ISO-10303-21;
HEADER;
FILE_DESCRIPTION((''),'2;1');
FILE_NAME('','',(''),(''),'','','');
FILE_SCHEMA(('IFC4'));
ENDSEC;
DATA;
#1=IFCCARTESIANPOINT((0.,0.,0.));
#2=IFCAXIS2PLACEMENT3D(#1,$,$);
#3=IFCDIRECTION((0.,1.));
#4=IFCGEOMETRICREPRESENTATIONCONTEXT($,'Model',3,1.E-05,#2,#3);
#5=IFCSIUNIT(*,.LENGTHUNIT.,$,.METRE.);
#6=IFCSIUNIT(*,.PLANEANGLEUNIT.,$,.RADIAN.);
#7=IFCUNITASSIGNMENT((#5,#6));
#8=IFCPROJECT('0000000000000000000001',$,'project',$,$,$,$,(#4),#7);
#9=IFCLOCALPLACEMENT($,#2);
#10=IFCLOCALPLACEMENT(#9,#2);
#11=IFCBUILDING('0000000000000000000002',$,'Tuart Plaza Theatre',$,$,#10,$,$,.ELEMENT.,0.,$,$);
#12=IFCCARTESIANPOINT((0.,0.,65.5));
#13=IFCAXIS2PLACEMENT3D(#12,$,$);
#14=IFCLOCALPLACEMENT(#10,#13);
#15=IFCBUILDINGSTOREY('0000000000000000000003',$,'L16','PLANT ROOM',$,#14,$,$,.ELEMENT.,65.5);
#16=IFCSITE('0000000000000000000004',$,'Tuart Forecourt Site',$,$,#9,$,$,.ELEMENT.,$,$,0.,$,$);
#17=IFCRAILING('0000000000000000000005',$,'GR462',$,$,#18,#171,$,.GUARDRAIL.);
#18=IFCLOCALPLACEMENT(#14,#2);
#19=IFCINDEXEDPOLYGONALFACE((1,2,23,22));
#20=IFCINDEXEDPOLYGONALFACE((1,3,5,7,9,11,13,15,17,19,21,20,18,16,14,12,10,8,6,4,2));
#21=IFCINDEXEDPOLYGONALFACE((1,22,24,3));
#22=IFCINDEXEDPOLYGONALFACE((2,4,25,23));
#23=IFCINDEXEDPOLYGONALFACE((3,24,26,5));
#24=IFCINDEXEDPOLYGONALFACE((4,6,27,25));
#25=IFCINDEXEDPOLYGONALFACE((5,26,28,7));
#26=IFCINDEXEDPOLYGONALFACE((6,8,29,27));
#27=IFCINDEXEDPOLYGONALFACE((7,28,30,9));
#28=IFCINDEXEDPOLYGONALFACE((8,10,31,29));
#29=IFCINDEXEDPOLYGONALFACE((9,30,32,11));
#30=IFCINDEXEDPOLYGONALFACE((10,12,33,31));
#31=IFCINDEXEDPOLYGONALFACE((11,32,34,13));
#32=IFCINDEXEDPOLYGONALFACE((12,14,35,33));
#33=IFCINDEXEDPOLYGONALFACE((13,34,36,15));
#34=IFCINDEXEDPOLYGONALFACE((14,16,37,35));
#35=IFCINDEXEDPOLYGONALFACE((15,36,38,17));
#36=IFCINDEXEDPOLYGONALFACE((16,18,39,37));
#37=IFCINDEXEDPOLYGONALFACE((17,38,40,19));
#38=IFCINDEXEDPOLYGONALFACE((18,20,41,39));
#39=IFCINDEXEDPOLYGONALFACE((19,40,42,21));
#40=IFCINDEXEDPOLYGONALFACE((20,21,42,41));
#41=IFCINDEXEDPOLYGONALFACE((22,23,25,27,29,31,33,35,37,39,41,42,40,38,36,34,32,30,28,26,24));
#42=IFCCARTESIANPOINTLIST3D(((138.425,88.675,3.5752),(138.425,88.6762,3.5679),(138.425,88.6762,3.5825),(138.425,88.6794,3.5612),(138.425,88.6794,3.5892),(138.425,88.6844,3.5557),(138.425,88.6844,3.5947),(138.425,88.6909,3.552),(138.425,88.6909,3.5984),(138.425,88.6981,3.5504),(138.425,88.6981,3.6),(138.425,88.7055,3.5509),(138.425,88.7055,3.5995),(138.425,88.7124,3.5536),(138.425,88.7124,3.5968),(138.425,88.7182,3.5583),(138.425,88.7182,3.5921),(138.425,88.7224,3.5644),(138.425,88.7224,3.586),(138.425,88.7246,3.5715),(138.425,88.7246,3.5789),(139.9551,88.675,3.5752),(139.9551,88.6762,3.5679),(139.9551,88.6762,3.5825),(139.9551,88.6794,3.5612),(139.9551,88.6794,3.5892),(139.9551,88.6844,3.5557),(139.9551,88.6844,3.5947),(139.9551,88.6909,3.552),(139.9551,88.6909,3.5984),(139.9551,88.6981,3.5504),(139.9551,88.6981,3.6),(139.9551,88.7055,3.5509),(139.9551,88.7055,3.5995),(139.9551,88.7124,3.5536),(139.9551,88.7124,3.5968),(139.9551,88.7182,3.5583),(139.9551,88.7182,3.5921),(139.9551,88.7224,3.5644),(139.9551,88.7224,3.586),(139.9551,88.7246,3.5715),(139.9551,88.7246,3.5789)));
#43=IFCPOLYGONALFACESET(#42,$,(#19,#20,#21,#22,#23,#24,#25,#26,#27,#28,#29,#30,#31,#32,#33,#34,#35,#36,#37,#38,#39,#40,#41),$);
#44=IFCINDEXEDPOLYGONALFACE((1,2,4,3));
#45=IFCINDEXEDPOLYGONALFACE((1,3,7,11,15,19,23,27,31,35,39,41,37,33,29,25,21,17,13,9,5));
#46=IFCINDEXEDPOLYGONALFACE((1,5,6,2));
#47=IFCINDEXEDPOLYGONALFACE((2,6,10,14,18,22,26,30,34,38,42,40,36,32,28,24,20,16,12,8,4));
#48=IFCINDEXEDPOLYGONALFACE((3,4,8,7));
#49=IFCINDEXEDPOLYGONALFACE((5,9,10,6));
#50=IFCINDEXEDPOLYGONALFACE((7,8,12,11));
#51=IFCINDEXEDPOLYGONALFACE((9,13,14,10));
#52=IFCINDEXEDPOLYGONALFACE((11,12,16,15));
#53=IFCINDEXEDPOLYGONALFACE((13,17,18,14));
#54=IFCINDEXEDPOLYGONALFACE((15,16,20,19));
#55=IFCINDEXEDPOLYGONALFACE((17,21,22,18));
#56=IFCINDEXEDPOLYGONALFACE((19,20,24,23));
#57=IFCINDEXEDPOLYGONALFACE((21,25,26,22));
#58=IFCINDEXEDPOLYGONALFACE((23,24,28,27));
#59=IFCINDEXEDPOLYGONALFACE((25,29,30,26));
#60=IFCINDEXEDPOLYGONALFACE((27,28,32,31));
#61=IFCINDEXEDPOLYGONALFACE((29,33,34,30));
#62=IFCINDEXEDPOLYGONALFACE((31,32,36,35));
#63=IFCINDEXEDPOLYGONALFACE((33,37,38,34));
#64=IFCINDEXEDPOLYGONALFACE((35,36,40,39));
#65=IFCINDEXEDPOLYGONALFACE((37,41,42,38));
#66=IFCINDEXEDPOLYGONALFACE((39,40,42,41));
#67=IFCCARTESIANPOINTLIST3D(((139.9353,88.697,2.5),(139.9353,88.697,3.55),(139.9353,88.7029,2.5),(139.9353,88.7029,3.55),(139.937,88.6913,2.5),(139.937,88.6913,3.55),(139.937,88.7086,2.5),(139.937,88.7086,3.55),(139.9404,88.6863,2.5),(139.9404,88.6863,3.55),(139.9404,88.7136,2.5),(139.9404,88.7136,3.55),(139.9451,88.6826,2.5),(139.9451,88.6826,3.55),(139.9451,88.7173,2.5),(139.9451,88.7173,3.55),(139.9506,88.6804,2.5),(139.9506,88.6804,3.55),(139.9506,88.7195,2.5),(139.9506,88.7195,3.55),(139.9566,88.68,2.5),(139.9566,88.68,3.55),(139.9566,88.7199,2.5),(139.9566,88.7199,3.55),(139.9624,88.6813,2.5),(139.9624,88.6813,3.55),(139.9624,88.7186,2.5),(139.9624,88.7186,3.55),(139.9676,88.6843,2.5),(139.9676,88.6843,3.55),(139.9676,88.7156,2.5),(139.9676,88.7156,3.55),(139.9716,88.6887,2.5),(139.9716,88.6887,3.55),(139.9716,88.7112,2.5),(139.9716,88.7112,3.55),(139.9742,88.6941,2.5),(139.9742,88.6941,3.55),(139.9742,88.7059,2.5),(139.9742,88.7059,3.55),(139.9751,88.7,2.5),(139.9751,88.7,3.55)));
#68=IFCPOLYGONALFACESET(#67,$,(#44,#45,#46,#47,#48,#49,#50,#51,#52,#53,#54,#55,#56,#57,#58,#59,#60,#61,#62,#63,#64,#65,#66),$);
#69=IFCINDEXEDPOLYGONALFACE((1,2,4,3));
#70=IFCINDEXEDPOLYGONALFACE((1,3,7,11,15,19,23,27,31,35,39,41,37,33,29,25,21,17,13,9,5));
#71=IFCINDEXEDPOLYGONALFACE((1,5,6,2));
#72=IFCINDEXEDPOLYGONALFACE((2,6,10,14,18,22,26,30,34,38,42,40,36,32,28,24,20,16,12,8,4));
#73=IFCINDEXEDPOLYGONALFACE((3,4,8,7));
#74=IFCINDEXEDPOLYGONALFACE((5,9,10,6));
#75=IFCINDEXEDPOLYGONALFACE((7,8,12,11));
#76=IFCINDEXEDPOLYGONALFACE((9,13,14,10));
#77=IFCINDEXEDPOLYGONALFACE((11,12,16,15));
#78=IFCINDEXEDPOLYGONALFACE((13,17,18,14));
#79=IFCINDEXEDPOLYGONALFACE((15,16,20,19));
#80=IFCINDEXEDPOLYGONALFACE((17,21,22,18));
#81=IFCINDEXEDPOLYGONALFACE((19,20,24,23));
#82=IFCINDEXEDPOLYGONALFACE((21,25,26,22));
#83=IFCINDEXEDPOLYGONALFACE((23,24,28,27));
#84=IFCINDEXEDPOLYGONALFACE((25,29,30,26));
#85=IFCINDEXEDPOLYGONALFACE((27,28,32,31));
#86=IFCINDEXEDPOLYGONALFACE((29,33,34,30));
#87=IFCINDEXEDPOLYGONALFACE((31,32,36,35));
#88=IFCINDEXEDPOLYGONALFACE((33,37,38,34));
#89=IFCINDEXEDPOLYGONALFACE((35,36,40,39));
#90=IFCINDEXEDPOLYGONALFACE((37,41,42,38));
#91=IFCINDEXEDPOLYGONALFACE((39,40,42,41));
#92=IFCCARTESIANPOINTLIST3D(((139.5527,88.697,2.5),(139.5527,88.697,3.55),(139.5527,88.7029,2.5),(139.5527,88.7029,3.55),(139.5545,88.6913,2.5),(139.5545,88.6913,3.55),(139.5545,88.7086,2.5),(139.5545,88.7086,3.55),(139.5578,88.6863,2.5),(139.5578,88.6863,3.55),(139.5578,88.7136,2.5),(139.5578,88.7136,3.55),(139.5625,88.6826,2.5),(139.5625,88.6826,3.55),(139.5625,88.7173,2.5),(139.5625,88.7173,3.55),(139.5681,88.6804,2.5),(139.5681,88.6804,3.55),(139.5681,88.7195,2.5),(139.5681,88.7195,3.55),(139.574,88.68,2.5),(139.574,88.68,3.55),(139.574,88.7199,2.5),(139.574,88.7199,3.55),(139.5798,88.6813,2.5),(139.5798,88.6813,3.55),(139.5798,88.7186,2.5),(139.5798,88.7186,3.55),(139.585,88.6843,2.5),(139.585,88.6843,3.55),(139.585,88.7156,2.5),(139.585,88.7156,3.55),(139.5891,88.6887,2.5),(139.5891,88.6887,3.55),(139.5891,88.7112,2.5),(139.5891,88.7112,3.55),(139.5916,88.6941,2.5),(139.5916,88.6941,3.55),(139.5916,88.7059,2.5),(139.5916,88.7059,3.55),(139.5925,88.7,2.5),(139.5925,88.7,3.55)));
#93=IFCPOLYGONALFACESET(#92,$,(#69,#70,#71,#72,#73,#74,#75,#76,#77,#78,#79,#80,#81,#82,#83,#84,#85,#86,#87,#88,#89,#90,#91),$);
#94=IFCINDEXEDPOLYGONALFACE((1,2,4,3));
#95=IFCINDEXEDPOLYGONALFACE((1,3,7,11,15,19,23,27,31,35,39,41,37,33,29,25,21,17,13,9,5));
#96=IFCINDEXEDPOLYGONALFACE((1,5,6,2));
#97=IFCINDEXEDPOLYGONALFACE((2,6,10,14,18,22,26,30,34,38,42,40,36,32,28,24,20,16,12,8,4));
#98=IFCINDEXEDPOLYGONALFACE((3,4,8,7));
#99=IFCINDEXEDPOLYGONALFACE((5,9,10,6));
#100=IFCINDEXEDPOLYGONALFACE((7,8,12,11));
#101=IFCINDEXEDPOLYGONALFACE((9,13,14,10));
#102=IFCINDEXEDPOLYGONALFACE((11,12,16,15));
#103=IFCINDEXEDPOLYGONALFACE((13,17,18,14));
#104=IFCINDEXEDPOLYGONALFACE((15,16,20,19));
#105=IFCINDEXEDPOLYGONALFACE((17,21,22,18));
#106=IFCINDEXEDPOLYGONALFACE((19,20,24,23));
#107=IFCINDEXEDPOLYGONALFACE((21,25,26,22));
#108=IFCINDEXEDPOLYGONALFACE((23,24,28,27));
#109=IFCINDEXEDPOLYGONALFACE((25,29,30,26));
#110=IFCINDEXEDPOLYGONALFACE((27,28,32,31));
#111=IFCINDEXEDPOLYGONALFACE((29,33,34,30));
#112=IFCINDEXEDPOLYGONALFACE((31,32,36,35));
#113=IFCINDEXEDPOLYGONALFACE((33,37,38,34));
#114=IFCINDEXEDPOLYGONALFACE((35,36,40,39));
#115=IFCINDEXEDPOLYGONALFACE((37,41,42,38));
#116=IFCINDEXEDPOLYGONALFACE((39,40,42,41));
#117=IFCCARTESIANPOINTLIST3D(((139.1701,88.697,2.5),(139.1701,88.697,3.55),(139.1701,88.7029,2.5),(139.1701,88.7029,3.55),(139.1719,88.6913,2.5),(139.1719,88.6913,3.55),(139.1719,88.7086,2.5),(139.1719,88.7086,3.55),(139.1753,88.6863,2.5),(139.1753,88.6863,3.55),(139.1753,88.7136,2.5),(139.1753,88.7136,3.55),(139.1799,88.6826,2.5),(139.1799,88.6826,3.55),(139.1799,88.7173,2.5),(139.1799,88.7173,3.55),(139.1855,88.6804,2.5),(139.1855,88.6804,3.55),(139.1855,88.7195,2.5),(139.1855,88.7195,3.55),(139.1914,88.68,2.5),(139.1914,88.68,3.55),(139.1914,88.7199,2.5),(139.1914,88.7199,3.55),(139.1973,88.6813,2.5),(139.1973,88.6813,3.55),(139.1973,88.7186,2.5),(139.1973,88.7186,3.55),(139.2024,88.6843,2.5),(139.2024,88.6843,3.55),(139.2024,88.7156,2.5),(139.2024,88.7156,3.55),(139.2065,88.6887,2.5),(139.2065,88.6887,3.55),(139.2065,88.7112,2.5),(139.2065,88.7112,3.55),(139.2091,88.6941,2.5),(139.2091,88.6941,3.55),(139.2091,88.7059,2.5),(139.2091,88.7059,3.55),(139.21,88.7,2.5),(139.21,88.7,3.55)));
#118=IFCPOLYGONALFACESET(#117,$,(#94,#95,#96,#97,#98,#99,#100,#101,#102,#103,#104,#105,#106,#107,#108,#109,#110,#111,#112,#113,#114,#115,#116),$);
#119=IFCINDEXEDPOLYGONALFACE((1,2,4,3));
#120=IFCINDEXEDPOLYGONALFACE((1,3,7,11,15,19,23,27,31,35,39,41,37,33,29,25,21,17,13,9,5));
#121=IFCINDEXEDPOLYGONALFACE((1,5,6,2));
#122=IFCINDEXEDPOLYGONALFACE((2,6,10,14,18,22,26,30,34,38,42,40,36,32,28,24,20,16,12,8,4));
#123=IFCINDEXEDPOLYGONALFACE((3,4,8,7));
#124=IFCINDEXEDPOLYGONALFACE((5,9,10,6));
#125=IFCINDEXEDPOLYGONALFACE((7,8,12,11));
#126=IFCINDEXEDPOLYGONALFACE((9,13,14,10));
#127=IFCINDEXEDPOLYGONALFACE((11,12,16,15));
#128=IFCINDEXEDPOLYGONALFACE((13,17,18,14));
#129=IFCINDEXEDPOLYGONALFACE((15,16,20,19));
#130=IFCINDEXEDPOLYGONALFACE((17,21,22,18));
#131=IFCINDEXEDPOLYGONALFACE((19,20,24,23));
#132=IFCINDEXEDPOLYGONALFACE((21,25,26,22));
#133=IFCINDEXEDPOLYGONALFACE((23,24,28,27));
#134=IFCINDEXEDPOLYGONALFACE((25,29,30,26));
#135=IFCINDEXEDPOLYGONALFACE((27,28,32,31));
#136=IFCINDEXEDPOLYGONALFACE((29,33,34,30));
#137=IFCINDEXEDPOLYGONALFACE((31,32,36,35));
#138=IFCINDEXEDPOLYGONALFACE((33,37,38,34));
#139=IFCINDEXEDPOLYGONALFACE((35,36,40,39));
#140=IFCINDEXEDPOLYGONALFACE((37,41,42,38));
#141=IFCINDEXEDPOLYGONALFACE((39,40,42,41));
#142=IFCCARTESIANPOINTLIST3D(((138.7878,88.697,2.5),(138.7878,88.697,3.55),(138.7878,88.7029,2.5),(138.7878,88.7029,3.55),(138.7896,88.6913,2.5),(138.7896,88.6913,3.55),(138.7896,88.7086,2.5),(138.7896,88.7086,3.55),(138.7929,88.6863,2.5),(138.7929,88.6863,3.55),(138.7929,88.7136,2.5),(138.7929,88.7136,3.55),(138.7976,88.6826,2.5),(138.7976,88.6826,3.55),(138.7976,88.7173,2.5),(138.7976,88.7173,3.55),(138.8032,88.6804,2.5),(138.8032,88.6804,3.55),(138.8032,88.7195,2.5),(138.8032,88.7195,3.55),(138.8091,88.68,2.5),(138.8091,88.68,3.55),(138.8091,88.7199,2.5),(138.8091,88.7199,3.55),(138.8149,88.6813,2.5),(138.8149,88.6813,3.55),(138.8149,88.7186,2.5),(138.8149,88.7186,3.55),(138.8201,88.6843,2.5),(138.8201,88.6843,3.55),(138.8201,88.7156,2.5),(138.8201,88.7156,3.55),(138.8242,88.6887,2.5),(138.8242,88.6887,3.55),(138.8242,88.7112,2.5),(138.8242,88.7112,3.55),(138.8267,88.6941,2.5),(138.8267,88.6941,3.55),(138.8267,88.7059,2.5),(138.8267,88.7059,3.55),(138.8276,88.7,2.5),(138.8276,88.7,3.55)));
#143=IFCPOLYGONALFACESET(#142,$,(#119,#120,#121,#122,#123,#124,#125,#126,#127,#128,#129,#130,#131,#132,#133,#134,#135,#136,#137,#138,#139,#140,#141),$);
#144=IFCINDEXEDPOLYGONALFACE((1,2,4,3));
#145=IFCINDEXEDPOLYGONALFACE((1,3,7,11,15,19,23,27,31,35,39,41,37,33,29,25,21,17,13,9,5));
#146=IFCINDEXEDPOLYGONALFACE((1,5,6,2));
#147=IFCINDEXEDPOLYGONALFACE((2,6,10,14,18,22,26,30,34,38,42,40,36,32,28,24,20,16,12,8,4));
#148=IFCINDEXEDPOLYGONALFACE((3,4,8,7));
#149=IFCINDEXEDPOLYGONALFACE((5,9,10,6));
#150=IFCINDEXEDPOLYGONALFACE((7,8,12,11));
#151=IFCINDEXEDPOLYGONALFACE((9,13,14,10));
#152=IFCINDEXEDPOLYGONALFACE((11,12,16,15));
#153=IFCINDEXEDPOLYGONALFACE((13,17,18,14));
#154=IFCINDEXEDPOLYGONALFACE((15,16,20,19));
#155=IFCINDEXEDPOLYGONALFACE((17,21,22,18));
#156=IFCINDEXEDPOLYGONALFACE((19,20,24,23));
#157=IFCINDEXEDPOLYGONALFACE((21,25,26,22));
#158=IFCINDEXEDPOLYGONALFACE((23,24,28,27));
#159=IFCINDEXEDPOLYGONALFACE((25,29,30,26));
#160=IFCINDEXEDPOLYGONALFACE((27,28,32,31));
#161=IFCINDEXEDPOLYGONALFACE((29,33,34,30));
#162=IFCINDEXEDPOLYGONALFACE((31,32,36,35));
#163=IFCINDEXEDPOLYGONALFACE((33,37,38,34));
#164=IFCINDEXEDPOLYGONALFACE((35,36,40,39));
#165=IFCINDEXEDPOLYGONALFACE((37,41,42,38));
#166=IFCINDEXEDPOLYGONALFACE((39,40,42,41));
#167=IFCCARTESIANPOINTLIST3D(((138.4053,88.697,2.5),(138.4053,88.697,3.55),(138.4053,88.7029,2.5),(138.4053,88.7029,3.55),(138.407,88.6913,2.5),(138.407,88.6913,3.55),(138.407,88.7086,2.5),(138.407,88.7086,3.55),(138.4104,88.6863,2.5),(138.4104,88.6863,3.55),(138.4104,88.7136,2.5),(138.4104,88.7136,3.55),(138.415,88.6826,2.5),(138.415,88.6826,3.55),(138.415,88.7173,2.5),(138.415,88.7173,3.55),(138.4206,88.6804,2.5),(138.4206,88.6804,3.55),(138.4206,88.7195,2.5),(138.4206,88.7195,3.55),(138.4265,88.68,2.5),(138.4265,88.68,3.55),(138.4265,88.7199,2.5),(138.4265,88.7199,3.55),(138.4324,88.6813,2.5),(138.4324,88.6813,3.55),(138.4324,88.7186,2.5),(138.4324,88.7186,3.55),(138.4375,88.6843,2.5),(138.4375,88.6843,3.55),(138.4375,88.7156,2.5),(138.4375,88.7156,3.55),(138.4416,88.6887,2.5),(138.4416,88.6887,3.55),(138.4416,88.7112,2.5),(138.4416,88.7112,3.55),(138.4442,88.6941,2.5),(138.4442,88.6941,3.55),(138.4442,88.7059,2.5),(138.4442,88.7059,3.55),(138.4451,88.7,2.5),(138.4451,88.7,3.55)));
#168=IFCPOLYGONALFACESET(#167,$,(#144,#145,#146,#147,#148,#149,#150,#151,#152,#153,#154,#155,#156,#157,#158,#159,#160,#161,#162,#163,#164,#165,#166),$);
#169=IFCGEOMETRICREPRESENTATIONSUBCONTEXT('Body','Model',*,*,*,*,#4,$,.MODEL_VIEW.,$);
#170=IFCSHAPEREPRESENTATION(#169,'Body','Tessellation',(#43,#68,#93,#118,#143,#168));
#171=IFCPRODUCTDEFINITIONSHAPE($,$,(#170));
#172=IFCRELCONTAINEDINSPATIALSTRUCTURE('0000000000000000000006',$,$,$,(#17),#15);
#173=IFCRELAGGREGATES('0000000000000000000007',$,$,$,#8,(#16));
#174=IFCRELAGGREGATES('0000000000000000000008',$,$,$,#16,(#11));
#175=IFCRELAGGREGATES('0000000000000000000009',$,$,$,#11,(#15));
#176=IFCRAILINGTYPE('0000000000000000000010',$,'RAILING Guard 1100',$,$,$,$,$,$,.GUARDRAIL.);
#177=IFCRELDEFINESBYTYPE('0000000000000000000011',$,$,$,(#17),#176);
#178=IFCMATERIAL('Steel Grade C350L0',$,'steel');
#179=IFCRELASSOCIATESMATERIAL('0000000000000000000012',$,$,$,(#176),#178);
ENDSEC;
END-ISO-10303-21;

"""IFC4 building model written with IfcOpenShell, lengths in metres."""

from ifc_helpers import new_model, si_unit, direction, frame, origin, origin_2d, place, context, subcontext, project, spatial, circle, extrude, material, type_object, element, save


model = new_model("IFC4")

# Units and contexts
model_context = context("Model", 3, precision=1e-05, world=origin(), true_north=direction((0.0, 1.0)))
body_context = subcontext(model_context, "Body", "Model", "MODEL_VIEW")
ifc_project = project(units=[si_unit("LENGTHUNIT", "METRE"), si_unit("PLANEANGLEUNIT", "RADIAN")], contexts=[model_context])

# Site, building, storey
site_placement = place(None, origin())
site = spatial("IfcSite", under=ifc_project, at=site_placement, Name="Tuart Forecourt Site", CompositionType="ELEMENT", RefElevation=0.0)
building_placement = place(site_placement, origin())
building = spatial("IfcBuilding", under=site, at=building_placement, Name="Tuart Plaza Theatre", CompositionType="ELEMENT", ElevationOfRefHeight=0.0)
storey_placement = place(building_placement, frame((0.0, 0.0, 65.5)))
storey = spatial("IfcBuildingStorey", under=building, at=storey_placement, Name="L16", Description="PLANT ROOM", CompositionType="ELEMENT", Elevation=65.5)

# Railing
ifc_material_1 = material(Name="Steel Grade C350L0", Category="steel")
railing_type_1 = type_object("IfcRailingType", Name="RAILING Guard 1100", PredefinedType="GUARDRAIL", material=ifc_material_1)
railing_1_placement = place(storey_placement, frame((139.9551, 88.7, 2.5)))
element("IfcRailing", 1, at=railing_1_placement, inside=storey, type_object=railing_type_1, Name="GR462", PredefinedType="GUARDRAIL", context=body_context, shape_type="SweptSolid", body=[
    extrude(circle(Radius=0.0249, at=origin_2d()), frame((0.0, 0.0, 1.0752), z_axis=(-1.0, 0.0, 0.0), x_axis=(0.0, -1.0, 0.0)), (0.0, 0.0, 1.0), 1.53),
    extrude(circle(Radius=0.02, at=origin_2d()), origin(), (0.0, 0.0, 1.0), 1.05),
    extrude(circle(Radius=0.02, at=origin_2d()), frame((-0.3826, 0.0, 0.0)), (0.0, 0.0, 1.0), 1.05),
    extrude(circle(Radius=0.02, at=origin_2d()), frame((-0.7651, 0.0, 0.0)), (0.0, 0.0, 1.0), 1.05),
    extrude(circle(Radius=0.02, at=origin_2d()), frame((-1.1475, 0.0, 0.0)), (0.0, 0.0, 1.0), 1.05),
    extrude(circle(Radius=0.02, at=origin_2d()), frame((-1.53, 0.0, 0.0)), (0.0, 0.0, 1.0), 1.05),
])

save(model, "model.ifc")
